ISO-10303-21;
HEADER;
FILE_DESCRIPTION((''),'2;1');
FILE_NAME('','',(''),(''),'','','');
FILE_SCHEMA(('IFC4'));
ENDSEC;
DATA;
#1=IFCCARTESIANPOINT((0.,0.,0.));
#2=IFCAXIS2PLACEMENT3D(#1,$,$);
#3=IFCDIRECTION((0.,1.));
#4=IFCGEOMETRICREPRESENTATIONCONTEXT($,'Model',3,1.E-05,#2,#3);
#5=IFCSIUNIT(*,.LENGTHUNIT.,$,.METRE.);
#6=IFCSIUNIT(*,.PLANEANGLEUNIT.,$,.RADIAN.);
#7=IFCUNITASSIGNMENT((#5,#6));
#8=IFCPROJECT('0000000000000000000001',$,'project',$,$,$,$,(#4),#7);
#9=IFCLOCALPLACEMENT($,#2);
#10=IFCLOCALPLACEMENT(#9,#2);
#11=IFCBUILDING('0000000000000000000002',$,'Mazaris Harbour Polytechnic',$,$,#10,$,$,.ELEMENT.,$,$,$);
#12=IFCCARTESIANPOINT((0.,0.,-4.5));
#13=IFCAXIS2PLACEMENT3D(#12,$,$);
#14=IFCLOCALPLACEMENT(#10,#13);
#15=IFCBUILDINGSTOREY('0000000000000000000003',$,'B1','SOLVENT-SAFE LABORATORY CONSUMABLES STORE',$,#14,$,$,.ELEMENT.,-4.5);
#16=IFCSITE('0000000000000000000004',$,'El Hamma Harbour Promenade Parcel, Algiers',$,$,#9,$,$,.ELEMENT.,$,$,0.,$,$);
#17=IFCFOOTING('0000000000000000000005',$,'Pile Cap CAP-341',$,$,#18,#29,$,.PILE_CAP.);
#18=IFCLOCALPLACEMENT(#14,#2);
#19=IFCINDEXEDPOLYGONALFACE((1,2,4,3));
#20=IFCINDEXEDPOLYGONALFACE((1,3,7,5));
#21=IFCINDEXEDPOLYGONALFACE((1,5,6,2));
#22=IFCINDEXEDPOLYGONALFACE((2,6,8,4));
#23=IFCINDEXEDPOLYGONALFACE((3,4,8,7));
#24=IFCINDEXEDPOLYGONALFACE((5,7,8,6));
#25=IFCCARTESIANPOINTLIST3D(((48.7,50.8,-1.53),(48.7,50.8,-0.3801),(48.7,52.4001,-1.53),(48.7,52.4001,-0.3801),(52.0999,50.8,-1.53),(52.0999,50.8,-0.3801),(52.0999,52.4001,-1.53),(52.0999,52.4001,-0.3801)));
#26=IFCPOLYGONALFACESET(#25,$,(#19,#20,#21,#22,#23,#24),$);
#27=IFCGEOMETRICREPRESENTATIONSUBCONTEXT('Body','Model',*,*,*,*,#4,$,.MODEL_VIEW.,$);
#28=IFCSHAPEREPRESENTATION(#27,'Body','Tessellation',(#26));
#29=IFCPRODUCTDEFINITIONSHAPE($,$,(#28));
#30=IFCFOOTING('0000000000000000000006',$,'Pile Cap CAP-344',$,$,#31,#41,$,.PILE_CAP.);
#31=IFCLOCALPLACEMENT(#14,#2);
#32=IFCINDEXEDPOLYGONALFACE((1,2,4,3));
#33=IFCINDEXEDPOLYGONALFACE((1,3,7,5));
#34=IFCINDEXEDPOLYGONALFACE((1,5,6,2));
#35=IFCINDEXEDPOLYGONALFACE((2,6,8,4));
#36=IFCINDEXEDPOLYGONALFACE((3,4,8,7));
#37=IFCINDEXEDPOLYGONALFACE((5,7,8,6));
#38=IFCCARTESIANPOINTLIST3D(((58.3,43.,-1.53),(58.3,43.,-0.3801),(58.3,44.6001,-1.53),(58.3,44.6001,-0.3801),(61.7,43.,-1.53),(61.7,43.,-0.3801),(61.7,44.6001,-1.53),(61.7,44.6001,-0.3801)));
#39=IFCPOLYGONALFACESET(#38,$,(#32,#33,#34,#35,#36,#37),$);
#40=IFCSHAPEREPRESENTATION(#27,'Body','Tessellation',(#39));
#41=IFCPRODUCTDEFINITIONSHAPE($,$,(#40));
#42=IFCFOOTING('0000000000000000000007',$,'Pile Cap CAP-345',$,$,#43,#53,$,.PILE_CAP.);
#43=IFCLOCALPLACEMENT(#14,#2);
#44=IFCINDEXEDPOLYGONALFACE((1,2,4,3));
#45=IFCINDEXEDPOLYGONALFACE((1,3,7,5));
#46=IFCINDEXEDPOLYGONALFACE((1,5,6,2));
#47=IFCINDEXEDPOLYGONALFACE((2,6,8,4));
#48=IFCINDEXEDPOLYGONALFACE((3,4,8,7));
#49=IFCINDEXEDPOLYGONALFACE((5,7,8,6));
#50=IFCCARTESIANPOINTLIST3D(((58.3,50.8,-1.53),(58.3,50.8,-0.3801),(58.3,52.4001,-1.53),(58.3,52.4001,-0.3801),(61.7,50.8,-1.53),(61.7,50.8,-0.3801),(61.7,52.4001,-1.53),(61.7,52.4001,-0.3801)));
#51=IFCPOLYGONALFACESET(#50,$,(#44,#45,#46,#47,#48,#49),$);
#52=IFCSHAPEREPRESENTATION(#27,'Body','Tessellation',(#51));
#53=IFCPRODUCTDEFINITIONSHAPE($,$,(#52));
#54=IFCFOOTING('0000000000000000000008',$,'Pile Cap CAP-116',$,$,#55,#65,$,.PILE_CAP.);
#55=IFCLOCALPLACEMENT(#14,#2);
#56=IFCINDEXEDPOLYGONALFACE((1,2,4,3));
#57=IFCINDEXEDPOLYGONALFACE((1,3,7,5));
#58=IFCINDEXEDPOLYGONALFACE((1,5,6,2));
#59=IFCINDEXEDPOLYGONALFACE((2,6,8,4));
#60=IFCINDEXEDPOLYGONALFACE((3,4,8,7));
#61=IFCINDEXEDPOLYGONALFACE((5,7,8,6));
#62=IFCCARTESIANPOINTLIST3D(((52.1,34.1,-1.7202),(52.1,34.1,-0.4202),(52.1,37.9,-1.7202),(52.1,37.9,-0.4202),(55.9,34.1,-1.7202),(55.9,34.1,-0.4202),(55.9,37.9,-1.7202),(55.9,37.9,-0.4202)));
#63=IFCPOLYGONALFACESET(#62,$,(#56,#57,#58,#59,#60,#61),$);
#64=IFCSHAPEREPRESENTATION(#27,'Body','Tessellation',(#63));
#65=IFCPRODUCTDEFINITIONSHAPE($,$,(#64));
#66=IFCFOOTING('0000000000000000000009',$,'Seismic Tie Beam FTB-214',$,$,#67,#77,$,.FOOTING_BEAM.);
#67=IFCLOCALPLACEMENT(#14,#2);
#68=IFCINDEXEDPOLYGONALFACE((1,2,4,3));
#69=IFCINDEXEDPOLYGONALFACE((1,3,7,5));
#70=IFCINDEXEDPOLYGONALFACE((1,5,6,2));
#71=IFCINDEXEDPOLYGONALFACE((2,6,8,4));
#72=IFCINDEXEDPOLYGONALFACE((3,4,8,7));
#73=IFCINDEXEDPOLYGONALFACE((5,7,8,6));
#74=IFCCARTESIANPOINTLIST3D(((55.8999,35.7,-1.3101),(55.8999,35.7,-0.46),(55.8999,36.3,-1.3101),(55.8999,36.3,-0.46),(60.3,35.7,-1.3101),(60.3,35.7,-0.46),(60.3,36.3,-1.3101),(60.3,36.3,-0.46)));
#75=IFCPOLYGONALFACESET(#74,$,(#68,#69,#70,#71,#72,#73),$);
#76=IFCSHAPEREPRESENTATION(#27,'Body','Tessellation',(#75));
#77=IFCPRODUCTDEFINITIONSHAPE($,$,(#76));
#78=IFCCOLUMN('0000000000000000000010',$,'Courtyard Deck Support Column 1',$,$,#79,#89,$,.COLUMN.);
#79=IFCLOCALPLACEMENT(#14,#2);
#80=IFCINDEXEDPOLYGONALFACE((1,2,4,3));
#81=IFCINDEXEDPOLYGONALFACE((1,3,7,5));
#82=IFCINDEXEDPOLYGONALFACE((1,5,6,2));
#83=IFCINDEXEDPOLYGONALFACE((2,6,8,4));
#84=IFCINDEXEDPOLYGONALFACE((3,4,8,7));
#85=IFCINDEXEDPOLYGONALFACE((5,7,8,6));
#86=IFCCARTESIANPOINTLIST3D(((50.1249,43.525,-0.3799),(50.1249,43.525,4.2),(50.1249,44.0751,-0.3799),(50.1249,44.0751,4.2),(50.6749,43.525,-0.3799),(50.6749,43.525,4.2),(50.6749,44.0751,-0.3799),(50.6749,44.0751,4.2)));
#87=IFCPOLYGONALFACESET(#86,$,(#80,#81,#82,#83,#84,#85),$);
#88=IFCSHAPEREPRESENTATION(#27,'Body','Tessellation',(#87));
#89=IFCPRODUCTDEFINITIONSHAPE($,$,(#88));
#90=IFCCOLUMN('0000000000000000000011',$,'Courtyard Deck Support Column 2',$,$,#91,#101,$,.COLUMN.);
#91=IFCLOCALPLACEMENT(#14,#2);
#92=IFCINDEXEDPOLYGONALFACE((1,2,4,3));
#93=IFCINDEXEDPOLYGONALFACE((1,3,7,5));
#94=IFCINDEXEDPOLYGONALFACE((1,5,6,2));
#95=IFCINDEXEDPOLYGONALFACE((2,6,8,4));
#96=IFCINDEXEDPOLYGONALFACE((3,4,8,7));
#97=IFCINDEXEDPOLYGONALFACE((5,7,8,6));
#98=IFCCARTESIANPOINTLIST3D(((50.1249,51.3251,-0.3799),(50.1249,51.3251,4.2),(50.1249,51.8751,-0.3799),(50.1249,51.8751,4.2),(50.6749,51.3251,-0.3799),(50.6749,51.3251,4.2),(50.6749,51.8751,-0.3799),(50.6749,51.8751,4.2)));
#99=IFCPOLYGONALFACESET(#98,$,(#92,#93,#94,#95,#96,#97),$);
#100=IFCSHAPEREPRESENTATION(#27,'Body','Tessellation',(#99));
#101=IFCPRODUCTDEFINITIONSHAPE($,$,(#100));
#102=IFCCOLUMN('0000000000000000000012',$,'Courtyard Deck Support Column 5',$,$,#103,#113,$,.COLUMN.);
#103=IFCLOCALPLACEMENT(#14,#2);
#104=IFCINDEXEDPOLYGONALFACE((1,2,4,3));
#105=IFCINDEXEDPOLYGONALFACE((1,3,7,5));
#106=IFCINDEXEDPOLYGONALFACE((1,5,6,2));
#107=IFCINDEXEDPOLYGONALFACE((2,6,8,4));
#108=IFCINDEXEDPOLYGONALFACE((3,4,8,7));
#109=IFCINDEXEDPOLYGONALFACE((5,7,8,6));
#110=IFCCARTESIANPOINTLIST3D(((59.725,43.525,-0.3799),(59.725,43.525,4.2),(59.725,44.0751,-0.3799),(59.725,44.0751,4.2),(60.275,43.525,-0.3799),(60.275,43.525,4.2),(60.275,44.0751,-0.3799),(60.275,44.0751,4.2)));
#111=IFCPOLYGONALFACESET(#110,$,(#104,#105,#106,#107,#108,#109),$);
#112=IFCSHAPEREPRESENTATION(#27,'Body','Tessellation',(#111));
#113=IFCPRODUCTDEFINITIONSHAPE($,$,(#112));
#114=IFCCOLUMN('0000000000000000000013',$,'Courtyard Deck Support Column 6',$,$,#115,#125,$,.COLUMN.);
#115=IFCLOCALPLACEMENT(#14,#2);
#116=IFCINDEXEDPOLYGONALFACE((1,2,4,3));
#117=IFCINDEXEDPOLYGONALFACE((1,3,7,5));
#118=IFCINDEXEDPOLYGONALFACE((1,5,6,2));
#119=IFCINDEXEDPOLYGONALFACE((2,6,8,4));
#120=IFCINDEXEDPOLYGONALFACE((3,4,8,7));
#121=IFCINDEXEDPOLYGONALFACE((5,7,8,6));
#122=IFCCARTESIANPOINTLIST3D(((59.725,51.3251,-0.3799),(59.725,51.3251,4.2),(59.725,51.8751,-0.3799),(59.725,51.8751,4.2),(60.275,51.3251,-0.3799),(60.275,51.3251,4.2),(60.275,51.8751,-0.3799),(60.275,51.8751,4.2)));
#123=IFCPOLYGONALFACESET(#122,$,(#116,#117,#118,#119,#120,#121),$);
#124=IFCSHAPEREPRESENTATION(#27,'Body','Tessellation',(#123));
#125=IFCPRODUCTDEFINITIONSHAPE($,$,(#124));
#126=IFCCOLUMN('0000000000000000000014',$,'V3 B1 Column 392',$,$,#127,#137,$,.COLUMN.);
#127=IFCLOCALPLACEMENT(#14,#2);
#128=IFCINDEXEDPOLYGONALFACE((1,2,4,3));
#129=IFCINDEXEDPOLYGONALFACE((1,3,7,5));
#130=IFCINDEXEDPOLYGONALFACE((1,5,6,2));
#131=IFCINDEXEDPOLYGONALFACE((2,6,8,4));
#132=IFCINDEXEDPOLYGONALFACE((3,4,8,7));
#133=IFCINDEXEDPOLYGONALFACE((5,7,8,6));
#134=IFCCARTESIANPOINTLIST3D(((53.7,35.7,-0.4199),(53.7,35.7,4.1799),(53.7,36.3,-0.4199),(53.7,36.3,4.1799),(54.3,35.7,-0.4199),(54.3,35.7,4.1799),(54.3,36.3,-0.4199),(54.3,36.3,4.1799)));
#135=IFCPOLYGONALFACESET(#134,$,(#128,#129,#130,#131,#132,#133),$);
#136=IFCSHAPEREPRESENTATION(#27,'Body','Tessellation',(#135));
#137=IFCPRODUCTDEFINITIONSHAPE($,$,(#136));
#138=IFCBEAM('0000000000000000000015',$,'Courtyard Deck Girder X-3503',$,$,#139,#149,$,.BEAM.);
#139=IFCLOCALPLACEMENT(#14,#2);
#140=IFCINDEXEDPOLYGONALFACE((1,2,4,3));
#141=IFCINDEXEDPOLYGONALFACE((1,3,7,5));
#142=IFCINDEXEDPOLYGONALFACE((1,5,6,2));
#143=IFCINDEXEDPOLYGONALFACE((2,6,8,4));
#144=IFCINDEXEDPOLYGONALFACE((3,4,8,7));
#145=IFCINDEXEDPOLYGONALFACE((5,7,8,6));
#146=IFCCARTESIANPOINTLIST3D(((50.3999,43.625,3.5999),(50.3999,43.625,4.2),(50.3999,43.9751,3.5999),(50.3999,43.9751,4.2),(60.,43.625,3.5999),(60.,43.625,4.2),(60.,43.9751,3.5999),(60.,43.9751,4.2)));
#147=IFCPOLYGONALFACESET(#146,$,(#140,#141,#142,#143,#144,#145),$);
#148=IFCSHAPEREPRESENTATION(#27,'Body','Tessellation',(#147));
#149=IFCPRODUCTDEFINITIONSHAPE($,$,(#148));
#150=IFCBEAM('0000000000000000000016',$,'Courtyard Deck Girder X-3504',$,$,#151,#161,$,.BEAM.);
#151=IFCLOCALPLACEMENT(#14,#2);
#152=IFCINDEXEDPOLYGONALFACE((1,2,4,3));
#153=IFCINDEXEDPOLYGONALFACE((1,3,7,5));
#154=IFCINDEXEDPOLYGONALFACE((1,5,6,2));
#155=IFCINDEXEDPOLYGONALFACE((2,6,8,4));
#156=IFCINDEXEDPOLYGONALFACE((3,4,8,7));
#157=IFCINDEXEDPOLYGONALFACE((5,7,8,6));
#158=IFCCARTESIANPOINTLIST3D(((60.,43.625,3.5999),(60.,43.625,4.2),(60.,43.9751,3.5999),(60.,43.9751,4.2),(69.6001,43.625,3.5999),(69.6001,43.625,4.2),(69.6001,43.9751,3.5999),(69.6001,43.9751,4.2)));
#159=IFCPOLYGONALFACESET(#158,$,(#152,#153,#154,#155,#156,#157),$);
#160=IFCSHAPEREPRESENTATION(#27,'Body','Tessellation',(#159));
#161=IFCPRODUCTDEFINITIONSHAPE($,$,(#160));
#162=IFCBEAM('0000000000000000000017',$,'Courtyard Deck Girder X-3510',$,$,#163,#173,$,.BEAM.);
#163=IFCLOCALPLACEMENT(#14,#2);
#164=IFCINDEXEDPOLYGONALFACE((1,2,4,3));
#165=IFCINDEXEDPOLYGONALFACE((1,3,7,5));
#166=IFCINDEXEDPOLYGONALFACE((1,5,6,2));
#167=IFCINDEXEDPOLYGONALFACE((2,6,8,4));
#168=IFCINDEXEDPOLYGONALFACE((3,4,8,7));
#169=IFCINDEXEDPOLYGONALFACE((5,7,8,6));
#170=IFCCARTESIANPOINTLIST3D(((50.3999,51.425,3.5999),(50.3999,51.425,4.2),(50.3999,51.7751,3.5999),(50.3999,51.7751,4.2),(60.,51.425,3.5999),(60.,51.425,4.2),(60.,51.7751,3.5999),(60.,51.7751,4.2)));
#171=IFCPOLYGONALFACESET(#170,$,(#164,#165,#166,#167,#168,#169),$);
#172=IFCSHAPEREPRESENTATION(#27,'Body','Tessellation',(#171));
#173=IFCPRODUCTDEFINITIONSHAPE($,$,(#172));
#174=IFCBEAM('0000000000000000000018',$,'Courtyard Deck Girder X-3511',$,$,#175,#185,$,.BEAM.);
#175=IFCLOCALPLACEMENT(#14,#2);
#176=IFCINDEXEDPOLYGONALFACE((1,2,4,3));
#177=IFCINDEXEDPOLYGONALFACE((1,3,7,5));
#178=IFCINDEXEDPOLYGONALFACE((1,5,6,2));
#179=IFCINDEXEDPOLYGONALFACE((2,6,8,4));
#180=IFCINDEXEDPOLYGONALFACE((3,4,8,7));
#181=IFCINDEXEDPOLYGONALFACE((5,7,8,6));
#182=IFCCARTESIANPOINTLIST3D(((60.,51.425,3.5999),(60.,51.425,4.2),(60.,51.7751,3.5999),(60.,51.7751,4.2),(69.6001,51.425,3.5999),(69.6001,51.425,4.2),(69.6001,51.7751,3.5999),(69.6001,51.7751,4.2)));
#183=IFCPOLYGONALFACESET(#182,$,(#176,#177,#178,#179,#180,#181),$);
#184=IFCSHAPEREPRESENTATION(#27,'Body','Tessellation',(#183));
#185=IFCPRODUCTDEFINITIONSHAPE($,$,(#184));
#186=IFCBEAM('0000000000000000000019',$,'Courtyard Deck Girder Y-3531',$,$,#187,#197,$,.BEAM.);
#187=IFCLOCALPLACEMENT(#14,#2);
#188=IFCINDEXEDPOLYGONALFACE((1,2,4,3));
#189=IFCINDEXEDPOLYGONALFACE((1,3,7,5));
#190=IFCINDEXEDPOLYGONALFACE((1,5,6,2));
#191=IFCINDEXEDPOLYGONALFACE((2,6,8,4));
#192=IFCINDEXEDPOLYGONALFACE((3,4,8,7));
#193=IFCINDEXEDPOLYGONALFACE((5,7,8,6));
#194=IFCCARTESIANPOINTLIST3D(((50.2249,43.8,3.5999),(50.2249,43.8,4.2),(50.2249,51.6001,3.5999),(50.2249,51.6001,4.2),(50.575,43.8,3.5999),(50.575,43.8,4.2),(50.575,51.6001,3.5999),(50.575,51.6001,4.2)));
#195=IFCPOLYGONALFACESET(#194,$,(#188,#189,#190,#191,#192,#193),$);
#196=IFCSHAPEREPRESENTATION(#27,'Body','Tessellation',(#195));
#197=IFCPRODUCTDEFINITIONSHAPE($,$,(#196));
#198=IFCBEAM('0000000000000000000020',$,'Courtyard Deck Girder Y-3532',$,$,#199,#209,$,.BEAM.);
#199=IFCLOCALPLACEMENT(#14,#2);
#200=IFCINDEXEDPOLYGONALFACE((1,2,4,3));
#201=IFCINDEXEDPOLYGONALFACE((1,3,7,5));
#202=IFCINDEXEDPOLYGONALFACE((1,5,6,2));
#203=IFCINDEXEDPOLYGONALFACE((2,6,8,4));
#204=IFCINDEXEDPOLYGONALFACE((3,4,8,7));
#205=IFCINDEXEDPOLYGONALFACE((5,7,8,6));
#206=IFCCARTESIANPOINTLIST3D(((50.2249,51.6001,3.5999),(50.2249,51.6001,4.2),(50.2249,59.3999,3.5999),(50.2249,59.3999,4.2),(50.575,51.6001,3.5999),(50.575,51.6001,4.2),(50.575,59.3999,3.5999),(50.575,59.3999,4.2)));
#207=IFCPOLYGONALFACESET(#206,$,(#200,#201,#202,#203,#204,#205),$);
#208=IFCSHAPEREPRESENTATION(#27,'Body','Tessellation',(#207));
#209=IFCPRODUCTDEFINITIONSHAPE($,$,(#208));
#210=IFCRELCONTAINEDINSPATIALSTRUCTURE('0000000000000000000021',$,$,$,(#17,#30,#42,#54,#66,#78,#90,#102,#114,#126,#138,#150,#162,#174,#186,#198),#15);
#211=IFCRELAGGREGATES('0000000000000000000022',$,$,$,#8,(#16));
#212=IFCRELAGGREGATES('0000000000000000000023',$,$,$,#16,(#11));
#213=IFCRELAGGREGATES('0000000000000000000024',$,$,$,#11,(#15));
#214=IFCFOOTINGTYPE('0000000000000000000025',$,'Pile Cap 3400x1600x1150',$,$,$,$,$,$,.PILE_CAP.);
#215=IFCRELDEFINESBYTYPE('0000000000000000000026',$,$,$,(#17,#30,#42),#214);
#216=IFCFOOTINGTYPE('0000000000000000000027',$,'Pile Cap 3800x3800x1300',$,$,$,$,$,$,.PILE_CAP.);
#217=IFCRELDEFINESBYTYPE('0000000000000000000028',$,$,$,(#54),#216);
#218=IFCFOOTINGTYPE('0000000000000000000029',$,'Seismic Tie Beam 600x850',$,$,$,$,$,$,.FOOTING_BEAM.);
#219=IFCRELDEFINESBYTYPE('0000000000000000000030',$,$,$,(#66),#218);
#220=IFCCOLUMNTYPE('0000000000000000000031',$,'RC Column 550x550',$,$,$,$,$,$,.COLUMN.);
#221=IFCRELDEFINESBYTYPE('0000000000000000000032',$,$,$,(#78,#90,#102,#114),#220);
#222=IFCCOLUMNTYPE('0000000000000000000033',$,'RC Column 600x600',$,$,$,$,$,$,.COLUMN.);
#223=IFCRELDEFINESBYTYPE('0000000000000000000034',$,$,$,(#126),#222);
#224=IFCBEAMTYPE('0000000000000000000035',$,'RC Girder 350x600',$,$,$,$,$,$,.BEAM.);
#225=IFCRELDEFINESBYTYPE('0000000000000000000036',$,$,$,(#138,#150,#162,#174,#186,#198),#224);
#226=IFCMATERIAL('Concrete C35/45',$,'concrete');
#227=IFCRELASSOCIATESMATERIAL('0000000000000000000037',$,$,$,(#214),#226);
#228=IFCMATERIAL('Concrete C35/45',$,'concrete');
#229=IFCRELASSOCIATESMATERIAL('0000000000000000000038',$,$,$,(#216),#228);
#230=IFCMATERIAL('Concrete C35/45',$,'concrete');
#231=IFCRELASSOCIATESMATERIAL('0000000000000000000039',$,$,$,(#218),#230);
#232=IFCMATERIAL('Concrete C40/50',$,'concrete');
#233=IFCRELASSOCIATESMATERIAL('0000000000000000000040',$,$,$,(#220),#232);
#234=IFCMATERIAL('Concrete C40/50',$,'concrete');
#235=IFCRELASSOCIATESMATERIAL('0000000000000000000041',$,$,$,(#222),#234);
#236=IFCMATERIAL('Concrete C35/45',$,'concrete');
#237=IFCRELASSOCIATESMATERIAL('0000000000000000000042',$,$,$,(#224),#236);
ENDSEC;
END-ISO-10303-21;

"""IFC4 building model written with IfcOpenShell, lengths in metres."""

from ifc_helpers import new_model, si_unit, direction, frame, origin, origin_2d, place, context, subcontext, project, spatial, rectangle, extrude, material, material_profile, profile_set, type_object, element, save


model = new_model("IFC4")

# Units and contexts
model_context = context("Model", 3, precision=1e-05, world=origin(), true_north=direction((0.0, 1.0)))
body_context = subcontext(model_context, "Body", "Model", "MODEL_VIEW")
ifc_project = project(units=[si_unit("LENGTHUNIT", "METRE"), si_unit("PLANEANGLEUNIT", "RADIAN")], contexts=[model_context])

# Site, building, storey
site_placement = place(None, origin())
site = spatial("IfcSite", under=ifc_project, at=site_placement, Name="El Hamma Harbour Promenade Parcel, Algiers", CompositionType="ELEMENT", RefElevation=0.0)
building_placement = place(site_placement, origin())
building = spatial("IfcBuilding", under=site, at=building_placement, Name="Mazaris Harbour Polytechnic", CompositionType="ELEMENT")
storey_placement = place(building_placement, frame((0.0, 0.0, -4.5)))
storey = spatial("IfcBuildingStorey", under=building, at=storey_placement, Name="B1", Description="SOLVENT-SAFE LABORATORY CONSUMABLES STORE", CompositionType="ELEMENT", Elevation=-4.5)

# Footings
ifc_material_1 = material(Name="Concrete C35/45", Category="concrete")
footing_type_1 = type_object("IfcFootingType", Name="Pile Cap 3400x1600x1150", PredefinedType="PILE_CAP", material=ifc_material_1)
for number, where, z_axis, x_axis, name in (
    (1, (50.3999, 51.6001, -1.53), (0.0, 0.0, 1.0), (1.0, 0.0, 0.0), "Pile Cap CAP-341"),
    (2, (60.0, 43.8, -1.53), (0.0, 0.0, 1.0), (1.0, 0.0, 0.0), "Pile Cap CAP-344"),
    (3, (60.0, 51.6001, -1.53), (0.0, 0.0, 1.0), (1.0, 0.0, 0.0), "Pile Cap CAP-345"),
):
    element("IfcFooting", number, at=place(storey_placement, frame(where, z_axis=z_axis, x_axis=x_axis)), inside=storey, type_object=footing_type_1, Name=name, PredefinedType="PILE_CAP", context=body_context, shape_type="SweptSolid", body=[
        extrude(rectangle(XDim=3.3999, YDim=1.6001, at=origin_2d()), origin(), (0.0, 0.0, 1.0), 1.1499),
    ])
ifc_material_2 = material(Name="Concrete C35/45", Category="concrete")
footing_type_2 = type_object("IfcFootingType", Name="Pile Cap 3800x3800x1300", PredefinedType="PILE_CAP", material=ifc_material_2)
footing_1_placement = place(storey_placement, frame((54.0, 36.0, -1.7202), z_axis=(0.0, 0.0, 1.0), x_axis=(1.0, 0.0, 0.0)))
element("IfcFooting", 4, at=footing_1_placement, inside=storey, type_object=footing_type_2, Name="Pile Cap CAP-116", PredefinedType="PILE_CAP", context=body_context, shape_type="SweptSolid", body=[
    extrude(rectangle(XDim=3.8, YDim=3.8, at=origin_2d()), origin(), (0.0, 0.0, 1.0), 1.3),
])
ifc_material_3 = material(Name="Concrete C35/45", Category="concrete")
ifc_material_profile_1 = material_profile(ifc_material_3, rectangle(XDim=0.6001, YDim=0.8501, at=origin_2d()), Name="RECT600x850")
ifc_profile_set_1 = profile_set([ifc_material_profile_1], Name="Concrete C35/45")
footing_type_3 = type_object("IfcFootingType", Name="Seismic Tie Beam 600x850", PredefinedType="FOOTING_BEAM", material=ifc_profile_set_1)
footing_2_placement = place(storey_placement, frame((55.8999, 36.0, -0.885), z_axis=(1.0, 0.0, 0.0), x_axis=(0.0, 1.0, 0.0)))
element("IfcFooting", 5, at=footing_2_placement, inside=storey, type_object=footing_type_3, Name="Seismic Tie Beam FTB-214", PredefinedType="FOOTING_BEAM", context=body_context, shape_type="SweptSolid", body=[
    extrude(rectangle(XDim=0.6001, YDim=0.8501, at=origin_2d()), origin(), (0.0, 0.0, 1.0), 4.4001),
])

# Columns
ifc_material_4 = material(Name="Concrete C40/50", Category="concrete")
ifc_material_profile_2 = material_profile(ifc_material_4, rectangle(XDim=0.55, YDim=0.55, at=origin_2d()), Name="RECT550x550")
ifc_profile_set_2 = profile_set([ifc_material_profile_2], Name="Concrete C40/50")
column_type_1 = type_object("IfcColumnType", Name="RC Column 550x550", PredefinedType="COLUMN", material=ifc_profile_set_2)
for number, where, z_axis, x_axis, name in (
    (6, (50.3999, 43.8, -0.3799), (0.0, 0.0, 1.0), (1.0, 0.0, 0.0), "Courtyard Deck Support Column 1"),
    (7, (50.3999, 51.6001, -0.3799), (0.0, 0.0, 1.0), (1.0, 0.0, 0.0), "Courtyard Deck Support Column 2"),
    (8, (60.0, 43.8, -0.3799), (0.0, 0.0, 1.0), (1.0, 0.0, 0.0), "Courtyard Deck Support Column 5"),
    (9, (60.0, 51.6001, -0.3799), (0.0, 0.0, 1.0), (1.0, 0.0, 0.0), "Courtyard Deck Support Column 6"),
):
    element("IfcColumn", number, at=place(storey_placement, frame(where, z_axis=z_axis, x_axis=x_axis)), inside=storey, type_object=column_type_1, Name=name, PredefinedType="COLUMN", context=body_context, shape_type="SweptSolid", body=[
        extrude(rectangle(XDim=0.55, YDim=0.55, at=origin_2d()), origin(), (0.0, 0.0, 1.0), 4.5798),
    ])
ifc_material_5 = material(Name="Concrete C40/50", Category="concrete")
ifc_material_profile_3 = material_profile(ifc_material_5, rectangle(XDim=0.6001, YDim=0.6001, at=origin_2d()), Name="RECT600x600")
ifc_profile_set_3 = profile_set([ifc_material_profile_3], Name="Concrete C40/50")
column_type_2 = type_object("IfcColumnType", Name="RC Column 600x600", PredefinedType="COLUMN", material=ifc_profile_set_3)
column_placement = place(storey_placement, frame((54.0, 36.0, -0.4199), z_axis=(0.0, 0.0, 1.0), x_axis=(1.0, 0.0, 0.0)))
element("IfcColumn", 10, at=column_placement, inside=storey, type_object=column_type_2, Name="V3 B1 Column 392", PredefinedType="COLUMN", context=body_context, shape_type="SweptSolid", body=[
    extrude(rectangle(XDim=0.6001, YDim=0.6001, at=origin_2d()), origin(), (0.0, 0.0, 1.0), 4.5999),
])

# Beams
ifc_material_6 = material(Name="Concrete C35/45", Category="concrete")
ifc_material_profile_4 = material_profile(ifc_material_6, rectangle(XDim=0.3501, YDim=0.6001, at=origin_2d()), Name="RECT350x600")
ifc_profile_set_4 = profile_set([ifc_material_profile_4], Name="Concrete C35/45")
beam_type_1 = type_object("IfcBeamType", Name="RC Girder 350x600", PredefinedType="BEAM", material=ifc_profile_set_4)
for number, where, z_axis, x_axis, name in (
    (11, (50.3999, 43.8, 3.8999), (1.0, 0.0, 0.0), (0.0, 1.0, 0.0), "Courtyard Deck Girder X-3503"),
    (12, (60.0, 43.8, 3.8999), (1.0, 0.0, 0.0), (0.0, 1.0, 0.0), "Courtyard Deck Girder X-3504"),
    (13, (50.3999, 51.6001, 3.8999), (1.0, 0.0, 0.0), (0.0, 1.0, 0.0), "Courtyard Deck Girder X-3510"),
    (14, (60.0, 51.6001, 3.8999), (1.0, 0.0, 0.0), (0.0, 1.0, 0.0), "Courtyard Deck Girder X-3511"),
):
    element("IfcBeam", number, at=place(storey_placement, frame(where, z_axis=z_axis, x_axis=x_axis)), inside=storey, type_object=beam_type_1, Name=name, PredefinedType="BEAM", context=body_context, shape_type="SweptSolid", body=[
        extrude(rectangle(XDim=0.3501, YDim=0.6001, at=origin_2d()), origin(), (0.0, 0.0, 1.0), 9.6001),
    ])
beam_1_placement = place(storey_placement, frame((50.3999, 43.8, 3.8999), z_axis=(0.0, 1.0, 0.0), x_axis=(-1.0, 0.0, 0.0)))
element("IfcBeam", 15, at=beam_1_placement, inside=storey, type_object=beam_type_1, Name="Courtyard Deck Girder Y-3531", PredefinedType="BEAM", context=body_context, shape_type="SweptSolid", body=[
    extrude(rectangle(XDim=0.3501, YDim=0.6001, at=origin_2d()), origin(), (0.0, 0.0, 1.0), 7.8),
])
beam_2_placement = place(storey_placement, frame((50.3999, 51.6001, 3.8999), z_axis=(0.0, 1.0, 0.0), x_axis=(-1.0, 0.0, 0.0)))
element("IfcBeam", 16, at=beam_2_placement, inside=storey, type_object=beam_type_1, Name="Courtyard Deck Girder Y-3532", PredefinedType="BEAM", context=body_context, shape_type="SweptSolid", body=[
    extrude(rectangle(XDim=0.3501, YDim=0.6001, at=origin_2d()), origin(), (0.0, 0.0, 1.0), 7.7998),
])

save(model, "model.ifc")
